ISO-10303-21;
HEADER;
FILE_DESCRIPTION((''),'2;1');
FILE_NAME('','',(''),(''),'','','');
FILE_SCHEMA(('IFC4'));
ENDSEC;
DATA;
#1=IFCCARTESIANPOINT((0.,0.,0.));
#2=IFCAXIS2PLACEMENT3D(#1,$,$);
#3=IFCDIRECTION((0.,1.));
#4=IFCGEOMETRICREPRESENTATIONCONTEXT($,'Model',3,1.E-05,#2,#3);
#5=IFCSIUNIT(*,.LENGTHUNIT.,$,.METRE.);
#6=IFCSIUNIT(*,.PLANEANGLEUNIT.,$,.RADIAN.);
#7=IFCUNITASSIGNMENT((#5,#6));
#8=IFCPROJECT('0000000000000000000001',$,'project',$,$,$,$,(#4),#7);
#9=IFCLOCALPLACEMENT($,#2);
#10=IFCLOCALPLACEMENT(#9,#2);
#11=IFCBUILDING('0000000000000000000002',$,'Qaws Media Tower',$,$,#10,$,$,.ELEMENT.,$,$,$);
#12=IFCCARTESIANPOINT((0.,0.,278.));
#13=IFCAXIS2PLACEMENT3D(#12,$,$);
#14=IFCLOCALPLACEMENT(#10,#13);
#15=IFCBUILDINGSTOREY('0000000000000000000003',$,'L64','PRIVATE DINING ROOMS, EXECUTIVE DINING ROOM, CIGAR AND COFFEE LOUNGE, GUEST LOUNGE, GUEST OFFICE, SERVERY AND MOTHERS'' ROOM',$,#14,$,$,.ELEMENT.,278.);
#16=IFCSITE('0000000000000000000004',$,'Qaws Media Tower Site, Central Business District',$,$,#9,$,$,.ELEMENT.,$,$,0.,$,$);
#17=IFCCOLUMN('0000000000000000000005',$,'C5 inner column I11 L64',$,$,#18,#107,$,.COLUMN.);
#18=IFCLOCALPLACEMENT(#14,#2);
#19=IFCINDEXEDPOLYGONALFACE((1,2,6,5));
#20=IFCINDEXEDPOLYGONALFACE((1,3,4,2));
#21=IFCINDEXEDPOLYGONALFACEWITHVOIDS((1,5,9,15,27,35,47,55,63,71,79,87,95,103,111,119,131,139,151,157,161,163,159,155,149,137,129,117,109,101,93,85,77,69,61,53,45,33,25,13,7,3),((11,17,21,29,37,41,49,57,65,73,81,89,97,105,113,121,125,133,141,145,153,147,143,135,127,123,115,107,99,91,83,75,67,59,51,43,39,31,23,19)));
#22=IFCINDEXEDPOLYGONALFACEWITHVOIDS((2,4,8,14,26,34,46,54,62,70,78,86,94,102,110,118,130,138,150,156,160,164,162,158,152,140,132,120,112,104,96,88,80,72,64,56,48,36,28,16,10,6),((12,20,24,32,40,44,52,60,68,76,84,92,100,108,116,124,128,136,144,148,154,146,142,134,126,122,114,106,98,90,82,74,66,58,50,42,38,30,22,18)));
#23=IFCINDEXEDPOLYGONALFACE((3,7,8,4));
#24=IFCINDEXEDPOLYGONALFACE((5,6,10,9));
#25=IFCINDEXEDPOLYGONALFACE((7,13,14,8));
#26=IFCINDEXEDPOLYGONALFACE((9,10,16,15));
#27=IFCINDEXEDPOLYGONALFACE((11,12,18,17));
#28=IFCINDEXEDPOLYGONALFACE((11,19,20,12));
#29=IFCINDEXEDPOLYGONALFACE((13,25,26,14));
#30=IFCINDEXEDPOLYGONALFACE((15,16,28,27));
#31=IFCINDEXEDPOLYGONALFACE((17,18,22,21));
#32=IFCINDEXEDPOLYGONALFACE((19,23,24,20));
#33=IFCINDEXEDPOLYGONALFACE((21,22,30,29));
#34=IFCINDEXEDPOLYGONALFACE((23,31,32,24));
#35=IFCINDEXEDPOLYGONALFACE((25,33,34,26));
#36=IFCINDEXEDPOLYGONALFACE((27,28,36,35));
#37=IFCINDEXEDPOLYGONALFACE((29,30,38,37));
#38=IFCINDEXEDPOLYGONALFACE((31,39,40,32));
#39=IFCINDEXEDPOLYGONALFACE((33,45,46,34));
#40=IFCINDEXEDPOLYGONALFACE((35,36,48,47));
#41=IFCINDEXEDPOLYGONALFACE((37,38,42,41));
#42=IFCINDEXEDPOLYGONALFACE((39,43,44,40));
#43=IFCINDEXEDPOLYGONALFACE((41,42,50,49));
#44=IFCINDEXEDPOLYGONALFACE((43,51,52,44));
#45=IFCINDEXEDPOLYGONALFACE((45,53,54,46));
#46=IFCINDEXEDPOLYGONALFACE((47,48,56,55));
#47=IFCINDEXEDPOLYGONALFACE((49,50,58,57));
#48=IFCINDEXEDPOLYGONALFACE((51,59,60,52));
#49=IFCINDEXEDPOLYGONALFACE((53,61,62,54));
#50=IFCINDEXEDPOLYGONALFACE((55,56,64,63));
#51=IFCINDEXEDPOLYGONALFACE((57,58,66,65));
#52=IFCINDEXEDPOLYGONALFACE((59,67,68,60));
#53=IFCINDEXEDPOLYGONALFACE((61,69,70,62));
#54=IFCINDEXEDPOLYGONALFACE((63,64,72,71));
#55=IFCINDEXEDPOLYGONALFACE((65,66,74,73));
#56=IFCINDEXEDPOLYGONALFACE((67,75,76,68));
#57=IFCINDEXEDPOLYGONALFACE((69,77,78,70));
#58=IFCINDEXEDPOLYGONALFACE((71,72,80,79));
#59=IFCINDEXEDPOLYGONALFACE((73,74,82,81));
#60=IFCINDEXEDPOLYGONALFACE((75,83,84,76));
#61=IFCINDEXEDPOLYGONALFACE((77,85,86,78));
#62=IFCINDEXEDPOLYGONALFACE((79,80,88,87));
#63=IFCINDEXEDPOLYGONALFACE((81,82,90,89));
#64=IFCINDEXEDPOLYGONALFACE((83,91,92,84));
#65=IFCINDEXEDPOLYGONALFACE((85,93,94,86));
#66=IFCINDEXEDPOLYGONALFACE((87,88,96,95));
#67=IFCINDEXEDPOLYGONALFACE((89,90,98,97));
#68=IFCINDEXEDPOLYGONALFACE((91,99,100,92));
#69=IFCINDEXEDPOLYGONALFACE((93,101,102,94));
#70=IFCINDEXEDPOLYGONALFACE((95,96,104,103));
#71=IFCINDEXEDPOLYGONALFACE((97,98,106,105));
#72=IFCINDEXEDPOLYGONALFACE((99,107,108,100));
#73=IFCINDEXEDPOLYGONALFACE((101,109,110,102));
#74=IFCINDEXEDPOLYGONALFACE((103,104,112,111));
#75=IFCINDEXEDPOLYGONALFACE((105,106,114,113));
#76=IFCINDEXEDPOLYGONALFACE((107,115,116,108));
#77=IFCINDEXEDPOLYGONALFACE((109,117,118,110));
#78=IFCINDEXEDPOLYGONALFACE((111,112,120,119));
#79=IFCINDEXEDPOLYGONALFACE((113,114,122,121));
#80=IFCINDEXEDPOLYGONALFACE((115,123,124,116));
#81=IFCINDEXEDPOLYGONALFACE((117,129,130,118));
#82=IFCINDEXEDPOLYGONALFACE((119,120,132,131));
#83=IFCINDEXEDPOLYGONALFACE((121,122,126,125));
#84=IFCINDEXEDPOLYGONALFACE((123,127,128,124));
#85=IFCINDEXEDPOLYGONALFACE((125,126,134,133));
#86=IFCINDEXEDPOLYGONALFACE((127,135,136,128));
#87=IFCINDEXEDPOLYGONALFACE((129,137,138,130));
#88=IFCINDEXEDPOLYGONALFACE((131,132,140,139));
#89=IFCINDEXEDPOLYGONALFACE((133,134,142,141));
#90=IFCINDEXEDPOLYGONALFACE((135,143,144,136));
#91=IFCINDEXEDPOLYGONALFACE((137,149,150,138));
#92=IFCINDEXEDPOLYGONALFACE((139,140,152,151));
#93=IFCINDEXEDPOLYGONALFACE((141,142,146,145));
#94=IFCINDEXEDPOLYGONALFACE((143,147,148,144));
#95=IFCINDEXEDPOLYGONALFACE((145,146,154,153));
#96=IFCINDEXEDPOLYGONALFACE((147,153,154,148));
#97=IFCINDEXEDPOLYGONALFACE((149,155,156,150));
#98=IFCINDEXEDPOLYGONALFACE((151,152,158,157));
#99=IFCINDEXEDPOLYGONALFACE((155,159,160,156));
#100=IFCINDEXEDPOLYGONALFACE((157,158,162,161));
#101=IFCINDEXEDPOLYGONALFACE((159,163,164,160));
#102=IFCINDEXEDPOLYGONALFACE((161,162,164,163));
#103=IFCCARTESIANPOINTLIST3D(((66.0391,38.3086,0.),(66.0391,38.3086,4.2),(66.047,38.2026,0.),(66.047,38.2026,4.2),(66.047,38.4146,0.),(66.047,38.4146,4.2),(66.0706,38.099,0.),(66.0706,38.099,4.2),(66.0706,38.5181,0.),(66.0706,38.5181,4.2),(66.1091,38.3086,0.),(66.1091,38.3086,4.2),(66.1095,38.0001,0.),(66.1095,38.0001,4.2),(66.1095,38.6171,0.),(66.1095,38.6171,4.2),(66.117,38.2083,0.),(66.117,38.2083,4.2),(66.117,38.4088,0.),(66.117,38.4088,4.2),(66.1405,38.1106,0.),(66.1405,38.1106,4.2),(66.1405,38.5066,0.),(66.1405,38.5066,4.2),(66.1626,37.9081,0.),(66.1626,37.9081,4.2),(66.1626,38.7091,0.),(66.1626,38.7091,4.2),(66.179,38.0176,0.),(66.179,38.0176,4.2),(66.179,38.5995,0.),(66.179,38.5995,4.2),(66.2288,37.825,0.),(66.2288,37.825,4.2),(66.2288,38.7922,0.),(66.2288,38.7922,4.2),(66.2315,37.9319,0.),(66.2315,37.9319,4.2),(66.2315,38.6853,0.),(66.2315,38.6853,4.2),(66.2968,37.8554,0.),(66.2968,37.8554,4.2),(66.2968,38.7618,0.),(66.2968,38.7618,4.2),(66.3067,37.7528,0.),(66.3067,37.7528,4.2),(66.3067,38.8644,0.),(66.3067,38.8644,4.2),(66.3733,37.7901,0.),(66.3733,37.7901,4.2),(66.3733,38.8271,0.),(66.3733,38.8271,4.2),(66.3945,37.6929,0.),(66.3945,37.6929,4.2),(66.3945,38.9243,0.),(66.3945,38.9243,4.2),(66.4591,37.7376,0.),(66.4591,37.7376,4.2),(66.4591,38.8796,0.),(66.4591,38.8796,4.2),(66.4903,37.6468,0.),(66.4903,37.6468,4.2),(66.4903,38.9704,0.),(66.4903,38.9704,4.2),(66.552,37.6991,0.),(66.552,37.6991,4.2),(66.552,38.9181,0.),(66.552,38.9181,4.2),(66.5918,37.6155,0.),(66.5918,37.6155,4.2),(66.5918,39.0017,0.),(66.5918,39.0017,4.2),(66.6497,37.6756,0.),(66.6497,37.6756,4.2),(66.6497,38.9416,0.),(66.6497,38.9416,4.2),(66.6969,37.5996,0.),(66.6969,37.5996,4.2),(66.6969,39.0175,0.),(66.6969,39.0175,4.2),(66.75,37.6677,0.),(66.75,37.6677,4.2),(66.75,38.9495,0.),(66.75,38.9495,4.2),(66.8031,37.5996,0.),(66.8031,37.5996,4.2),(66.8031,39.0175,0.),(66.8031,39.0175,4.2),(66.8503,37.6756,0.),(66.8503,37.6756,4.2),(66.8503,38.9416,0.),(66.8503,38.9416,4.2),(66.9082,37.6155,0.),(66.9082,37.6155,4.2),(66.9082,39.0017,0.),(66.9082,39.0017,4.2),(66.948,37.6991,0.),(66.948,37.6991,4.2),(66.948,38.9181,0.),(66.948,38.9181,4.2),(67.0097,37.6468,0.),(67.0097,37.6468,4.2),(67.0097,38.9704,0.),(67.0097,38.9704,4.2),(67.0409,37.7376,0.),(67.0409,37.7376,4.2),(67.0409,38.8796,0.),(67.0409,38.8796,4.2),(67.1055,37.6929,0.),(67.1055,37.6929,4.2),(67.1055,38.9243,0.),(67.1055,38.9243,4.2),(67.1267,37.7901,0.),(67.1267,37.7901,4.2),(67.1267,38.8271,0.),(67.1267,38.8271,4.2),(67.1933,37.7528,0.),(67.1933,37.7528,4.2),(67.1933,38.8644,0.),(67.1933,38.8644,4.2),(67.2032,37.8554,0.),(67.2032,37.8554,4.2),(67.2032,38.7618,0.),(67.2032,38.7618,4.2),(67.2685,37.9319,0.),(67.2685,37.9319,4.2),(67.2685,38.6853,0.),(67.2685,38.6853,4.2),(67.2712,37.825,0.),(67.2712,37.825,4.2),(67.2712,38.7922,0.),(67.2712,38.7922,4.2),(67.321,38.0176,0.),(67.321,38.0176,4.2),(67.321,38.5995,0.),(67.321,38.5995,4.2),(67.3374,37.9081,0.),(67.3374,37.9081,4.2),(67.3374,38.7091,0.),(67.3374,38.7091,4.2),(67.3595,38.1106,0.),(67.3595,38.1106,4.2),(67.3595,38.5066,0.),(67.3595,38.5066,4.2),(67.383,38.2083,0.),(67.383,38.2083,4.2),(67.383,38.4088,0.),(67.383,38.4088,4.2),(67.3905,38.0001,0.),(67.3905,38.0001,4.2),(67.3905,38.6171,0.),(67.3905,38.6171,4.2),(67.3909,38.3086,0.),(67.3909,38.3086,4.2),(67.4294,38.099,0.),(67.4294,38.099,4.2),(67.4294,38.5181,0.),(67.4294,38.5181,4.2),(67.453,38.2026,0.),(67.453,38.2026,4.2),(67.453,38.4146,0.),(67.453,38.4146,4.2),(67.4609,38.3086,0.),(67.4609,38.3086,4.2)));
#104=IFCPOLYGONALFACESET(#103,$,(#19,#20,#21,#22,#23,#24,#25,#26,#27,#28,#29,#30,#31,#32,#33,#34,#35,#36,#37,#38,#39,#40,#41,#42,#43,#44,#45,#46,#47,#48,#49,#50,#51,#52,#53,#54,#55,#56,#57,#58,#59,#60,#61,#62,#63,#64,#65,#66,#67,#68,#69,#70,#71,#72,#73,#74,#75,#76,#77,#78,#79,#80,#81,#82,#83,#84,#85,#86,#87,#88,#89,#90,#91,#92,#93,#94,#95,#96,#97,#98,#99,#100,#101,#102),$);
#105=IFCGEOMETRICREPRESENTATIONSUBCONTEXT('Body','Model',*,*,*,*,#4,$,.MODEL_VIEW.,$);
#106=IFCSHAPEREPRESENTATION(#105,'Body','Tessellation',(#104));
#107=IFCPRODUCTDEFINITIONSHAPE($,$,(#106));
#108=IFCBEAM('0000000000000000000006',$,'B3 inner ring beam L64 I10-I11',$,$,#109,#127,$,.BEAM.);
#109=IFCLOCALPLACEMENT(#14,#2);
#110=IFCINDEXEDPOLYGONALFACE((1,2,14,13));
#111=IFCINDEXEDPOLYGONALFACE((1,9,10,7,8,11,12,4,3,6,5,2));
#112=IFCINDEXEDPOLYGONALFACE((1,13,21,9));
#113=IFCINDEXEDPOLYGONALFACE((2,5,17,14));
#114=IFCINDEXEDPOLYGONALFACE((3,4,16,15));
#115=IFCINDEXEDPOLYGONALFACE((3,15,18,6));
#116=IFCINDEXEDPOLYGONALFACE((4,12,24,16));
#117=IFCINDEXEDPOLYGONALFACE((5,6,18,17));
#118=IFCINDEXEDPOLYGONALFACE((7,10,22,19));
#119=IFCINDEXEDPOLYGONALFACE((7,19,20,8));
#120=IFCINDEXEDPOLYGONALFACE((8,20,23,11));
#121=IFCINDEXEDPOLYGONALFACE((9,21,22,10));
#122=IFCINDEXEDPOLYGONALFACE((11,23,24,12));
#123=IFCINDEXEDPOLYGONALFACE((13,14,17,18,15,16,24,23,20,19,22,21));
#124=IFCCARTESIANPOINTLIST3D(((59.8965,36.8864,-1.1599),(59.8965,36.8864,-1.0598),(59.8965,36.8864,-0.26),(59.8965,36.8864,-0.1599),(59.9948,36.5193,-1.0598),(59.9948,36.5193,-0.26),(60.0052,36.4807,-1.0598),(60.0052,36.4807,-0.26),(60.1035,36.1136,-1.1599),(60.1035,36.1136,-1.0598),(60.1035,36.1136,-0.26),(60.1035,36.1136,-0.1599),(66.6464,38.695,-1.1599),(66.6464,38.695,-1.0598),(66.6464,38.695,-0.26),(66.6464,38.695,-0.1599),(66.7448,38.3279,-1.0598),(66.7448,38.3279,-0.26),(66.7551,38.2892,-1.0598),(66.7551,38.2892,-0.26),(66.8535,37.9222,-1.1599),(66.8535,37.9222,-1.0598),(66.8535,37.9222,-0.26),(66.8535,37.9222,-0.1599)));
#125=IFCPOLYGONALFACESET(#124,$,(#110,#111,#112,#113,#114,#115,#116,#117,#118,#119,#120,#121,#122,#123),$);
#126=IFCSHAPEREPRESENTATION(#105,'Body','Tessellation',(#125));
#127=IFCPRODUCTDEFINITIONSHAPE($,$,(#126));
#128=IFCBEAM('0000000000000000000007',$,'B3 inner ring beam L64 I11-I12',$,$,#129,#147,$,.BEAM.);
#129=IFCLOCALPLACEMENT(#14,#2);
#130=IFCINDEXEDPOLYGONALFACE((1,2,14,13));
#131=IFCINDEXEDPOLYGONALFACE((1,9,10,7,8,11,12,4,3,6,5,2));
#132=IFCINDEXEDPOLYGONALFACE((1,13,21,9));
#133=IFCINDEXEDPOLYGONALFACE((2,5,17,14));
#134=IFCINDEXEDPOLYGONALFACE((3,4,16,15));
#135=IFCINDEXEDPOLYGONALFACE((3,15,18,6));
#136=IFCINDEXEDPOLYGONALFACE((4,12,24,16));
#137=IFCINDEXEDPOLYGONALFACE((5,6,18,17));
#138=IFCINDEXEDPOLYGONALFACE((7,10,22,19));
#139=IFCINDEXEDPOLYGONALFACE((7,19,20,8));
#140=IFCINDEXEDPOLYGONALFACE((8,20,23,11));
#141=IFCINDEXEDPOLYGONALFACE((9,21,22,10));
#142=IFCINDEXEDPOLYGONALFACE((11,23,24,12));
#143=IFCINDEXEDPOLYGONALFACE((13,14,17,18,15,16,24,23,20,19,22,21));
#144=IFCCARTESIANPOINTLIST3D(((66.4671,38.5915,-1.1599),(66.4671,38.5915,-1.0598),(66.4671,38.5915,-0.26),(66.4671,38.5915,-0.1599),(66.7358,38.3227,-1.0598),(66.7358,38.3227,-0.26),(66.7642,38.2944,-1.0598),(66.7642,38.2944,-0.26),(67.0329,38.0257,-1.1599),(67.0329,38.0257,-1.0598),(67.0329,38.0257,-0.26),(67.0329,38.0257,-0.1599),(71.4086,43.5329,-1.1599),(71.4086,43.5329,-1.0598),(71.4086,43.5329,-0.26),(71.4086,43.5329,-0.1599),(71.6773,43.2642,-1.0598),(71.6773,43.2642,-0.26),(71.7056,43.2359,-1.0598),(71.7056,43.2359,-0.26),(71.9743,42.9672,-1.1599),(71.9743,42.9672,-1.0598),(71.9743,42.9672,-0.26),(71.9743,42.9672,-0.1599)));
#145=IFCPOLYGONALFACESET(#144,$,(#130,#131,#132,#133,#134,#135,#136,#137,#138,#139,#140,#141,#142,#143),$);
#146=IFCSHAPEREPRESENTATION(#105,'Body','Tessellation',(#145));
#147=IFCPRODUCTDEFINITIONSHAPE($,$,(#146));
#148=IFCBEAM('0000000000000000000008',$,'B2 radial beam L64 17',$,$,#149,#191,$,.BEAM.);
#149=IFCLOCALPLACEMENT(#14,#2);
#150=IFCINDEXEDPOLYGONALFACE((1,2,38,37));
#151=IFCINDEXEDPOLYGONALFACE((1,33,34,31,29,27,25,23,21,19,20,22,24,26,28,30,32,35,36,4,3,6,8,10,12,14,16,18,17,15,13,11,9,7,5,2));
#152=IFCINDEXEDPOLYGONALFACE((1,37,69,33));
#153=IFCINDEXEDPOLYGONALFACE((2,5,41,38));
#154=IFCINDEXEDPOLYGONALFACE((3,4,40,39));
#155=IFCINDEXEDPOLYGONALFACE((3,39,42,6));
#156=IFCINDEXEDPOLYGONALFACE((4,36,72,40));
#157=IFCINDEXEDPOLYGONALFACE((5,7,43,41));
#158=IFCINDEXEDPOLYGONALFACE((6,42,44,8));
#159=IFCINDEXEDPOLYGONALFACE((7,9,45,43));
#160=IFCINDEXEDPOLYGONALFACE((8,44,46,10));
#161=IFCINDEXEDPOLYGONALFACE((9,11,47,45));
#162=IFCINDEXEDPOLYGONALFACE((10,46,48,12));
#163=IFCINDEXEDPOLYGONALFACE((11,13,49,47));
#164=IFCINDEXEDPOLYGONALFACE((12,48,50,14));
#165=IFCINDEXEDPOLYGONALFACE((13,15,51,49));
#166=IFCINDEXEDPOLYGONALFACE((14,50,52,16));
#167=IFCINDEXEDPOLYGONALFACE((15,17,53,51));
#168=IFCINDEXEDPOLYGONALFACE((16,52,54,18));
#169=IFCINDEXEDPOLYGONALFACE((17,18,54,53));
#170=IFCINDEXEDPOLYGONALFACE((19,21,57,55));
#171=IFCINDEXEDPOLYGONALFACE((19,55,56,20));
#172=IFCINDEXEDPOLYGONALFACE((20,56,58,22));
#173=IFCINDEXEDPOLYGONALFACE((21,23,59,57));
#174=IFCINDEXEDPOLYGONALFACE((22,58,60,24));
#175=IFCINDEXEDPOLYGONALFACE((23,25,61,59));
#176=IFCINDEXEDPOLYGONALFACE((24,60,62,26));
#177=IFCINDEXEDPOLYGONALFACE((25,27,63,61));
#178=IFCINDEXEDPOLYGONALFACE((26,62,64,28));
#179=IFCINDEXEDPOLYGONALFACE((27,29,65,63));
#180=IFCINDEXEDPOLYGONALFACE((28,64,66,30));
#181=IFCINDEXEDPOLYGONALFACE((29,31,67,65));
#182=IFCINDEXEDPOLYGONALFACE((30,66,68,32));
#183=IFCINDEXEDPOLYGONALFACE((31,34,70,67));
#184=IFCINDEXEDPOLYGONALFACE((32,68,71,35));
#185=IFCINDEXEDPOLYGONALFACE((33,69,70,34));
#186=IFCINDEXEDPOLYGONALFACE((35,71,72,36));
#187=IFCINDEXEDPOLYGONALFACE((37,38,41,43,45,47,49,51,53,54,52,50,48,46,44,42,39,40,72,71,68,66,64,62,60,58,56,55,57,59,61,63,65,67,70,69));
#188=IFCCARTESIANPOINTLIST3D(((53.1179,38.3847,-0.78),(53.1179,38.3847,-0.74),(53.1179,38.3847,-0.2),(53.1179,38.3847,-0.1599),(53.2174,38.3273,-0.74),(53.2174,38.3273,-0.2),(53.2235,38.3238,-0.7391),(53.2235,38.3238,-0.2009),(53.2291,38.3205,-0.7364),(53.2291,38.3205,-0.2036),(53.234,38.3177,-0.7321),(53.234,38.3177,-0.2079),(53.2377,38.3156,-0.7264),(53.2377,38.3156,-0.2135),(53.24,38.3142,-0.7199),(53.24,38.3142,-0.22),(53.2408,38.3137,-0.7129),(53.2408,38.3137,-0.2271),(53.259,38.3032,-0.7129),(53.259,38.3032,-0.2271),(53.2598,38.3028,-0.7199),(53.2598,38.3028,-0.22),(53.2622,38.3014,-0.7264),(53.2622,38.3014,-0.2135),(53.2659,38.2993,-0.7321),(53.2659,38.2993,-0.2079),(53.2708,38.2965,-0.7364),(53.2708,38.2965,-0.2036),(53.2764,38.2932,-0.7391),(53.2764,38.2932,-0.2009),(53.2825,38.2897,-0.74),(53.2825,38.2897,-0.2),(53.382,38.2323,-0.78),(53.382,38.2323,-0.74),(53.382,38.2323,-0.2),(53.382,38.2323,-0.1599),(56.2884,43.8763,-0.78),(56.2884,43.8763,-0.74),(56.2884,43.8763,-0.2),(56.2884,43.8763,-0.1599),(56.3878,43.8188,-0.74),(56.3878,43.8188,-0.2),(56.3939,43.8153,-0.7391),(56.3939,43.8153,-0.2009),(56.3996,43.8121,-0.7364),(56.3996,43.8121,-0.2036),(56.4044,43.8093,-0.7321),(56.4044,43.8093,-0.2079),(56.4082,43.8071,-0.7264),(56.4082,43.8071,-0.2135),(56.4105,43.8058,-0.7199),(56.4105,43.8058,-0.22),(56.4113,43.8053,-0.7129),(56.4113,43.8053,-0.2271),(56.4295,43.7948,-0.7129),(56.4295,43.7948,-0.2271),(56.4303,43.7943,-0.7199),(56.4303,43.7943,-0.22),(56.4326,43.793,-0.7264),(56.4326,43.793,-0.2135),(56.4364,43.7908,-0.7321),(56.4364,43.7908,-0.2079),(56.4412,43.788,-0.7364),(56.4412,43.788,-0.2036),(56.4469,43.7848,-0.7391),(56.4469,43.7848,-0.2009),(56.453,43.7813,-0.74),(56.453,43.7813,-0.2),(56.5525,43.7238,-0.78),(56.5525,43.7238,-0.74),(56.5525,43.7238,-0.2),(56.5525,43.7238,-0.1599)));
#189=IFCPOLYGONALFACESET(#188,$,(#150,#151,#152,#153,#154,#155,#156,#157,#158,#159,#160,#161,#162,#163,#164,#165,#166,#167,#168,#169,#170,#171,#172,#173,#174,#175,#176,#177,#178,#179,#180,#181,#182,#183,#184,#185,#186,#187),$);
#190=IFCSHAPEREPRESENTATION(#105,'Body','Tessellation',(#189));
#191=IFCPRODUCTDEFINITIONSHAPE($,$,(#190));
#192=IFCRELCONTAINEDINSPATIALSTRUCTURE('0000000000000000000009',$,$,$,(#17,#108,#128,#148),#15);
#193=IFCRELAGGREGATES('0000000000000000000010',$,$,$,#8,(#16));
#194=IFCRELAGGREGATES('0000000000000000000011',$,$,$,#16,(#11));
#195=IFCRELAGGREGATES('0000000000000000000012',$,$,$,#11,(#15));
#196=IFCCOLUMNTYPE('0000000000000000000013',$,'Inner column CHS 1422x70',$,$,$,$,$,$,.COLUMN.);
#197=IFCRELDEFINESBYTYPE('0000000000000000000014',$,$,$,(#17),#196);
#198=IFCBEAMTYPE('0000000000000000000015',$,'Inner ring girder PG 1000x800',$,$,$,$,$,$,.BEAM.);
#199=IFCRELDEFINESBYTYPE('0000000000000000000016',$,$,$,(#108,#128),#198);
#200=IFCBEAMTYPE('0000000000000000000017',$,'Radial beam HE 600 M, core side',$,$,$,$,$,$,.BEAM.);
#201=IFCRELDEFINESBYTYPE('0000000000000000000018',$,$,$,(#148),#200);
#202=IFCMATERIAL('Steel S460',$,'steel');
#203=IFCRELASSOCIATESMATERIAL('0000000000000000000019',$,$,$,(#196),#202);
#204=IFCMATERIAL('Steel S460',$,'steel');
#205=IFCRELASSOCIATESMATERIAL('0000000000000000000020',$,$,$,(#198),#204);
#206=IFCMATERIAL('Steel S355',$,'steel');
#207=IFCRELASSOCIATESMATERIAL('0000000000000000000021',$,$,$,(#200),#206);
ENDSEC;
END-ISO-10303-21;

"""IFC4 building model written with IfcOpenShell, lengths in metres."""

from ifc_helpers import new_model, si_unit, direction, frame, origin, origin_2d, place, context, subcontext, project, spatial, hollow_circle, i_section, extrude, material, material_profile, profile_set, type_object, element, save


model = new_model("IFC4")

# Units and contexts
model_context = context("Model", 3, precision=1e-05, world=origin(), true_north=direction((0.0, 1.0)))
body_context = subcontext(model_context, "Body", "Model", "MODEL_VIEW")
ifc_project = project(units=[si_unit("LENGTHUNIT", "METRE"), si_unit("PLANEANGLEUNIT", "RADIAN")], contexts=[model_context])

# Site, building, storey
site_placement = place(None, origin())
site = spatial("IfcSite", under=ifc_project, at=site_placement, Name="Qaws Media Tower Site, Central Business District", CompositionType="ELEMENT", RefElevation=0.0)
building_placement = place(site_placement, origin())
building = spatial("IfcBuilding", under=site, at=building_placement, Name="Qaws Media Tower", CompositionType="ELEMENT")
storey_placement = place(building_placement, frame((0.0, 0.0, 278.0)))
storey = spatial("IfcBuildingStorey", under=building, at=storey_placement, Name="L64", Description="PRIVATE DINING ROOMS, EXECUTIVE DINING ROOM, CIGAR AND COFFEE LOUNGE, GUEST LOUNGE, GUEST OFFICE, SERVERY AND MOTHERS' ROOM", CompositionType="ELEMENT", Elevation=278.0)

# Column
ifc_material_1 = material(Name="Steel S460", Category="steel")
ifc_material_profile_1 = material_profile(ifc_material_1, hollow_circle(Radius=0.7109, WallThickness=0.0701, at=origin_2d()), Name="CHS 1422x70")
ifc_profile_set_1 = profile_set([ifc_material_profile_1], Name="Steel S460")
column_type = type_object("IfcColumnType", Name="Inner column CHS 1422x70", PredefinedType="COLUMN", material=ifc_profile_set_1)
column_placement = place(storey_placement, frame((66.75, 38.3086, 0.0), z_axis=(0.0, 0.0, 1.0), x_axis=(1.0, 0.0, 0.0)))
element("IfcColumn", 1, at=column_placement, inside=storey, type_object=column_type, Name="C5 inner column I11 L64", PredefinedType="COLUMN", context=body_context, shape_type="SweptSolid", body=[
    extrude(hollow_circle(Radius=0.7109, WallThickness=0.0701, at=origin_2d()), origin(), (0.0, 0.0, 1.0), 4.2),
])

# Beams
ifc_material_2 = material(Name="Steel S460", Category="steel")
ifc_material_profile_2 = material_profile(ifc_material_2, i_section(OverallWidth=0.8, OverallDepth=1.0, WebThickness=0.04, FlangeThickness=0.1001, at=origin_2d()), Name="PG 1000x800")
ifc_profile_set_2 = profile_set([ifc_material_profile_2], Name="Steel S460")
beam_type_1 = type_object("IfcBeamType", Name="Inner ring girder PG 1000x800", PredefinedType="BEAM", material=ifc_profile_set_2)
beam_1_placement = place(storey_placement, frame((60.0, 36.5, -0.6599), z_axis=(0.965928, 0.258811, 0.0), x_axis=(-0.258811, 0.965928, 0.0)))
element("IfcBeam", 2, at=beam_1_placement, inside=storey, type_object=beam_type_1, Name="B3 inner ring beam L64 I10-I11", PredefinedType="BEAM", context=body_context, shape_type="SweptSolid", body=[
    extrude(i_section(OverallWidth=0.8, OverallDepth=1.0, WebThickness=0.04, FlangeThickness=0.1001, at=origin_2d()), origin(), (0.0, 0.0, 1.0), 6.988),
])
beam_2_placement = place(storey_placement, frame((66.75, 38.3086, -0.6599), z_axis=(0.707107, 0.707107, 0.0), x_axis=(-0.707107, 0.707107, 0.0)))
element("IfcBeam", 3, at=beam_2_placement, inside=storey, type_object=beam_type_1, Name="B3 inner ring beam L64 I11-I12", PredefinedType="BEAM", context=body_context, shape_type="SweptSolid", body=[
    extrude(i_section(OverallWidth=0.8, OverallDepth=1.0, WebThickness=0.04, FlangeThickness=0.1001, at=origin_2d()), origin(), (0.0, 0.0, 1.0), 6.9883),
])
ifc_material_3 = material(Name="Steel S355", Category="steel")
ifc_material_profile_3 = material_profile(ifc_material_3, i_section(OverallWidth=0.3049, OverallDepth=0.6201, WebThickness=0.021, FlangeThickness=0.04, FilletRadius=0.0271, at=origin_2d()), Name="HE 600 M")
ifc_profile_set_3 = profile_set([ifc_material_profile_3], Name="Steel S355")
beam_type_2 = type_object("IfcBeamType", Name="Radial beam HE 600 M, core side", PredefinedType="BEAM", material=ifc_profile_set_3)
beam_3_placement = place(storey_placement, frame((56.4204, 43.8, -0.47), z_axis=(-0.49999, -0.866031, 0.0), x_axis=(0.866031, -0.49999, 0.0)))
element("IfcBeam", 4, at=beam_3_placement, inside=storey, type_object=beam_type_2, Name="B2 radial beam L64 17", PredefinedType="BEAM", context=body_context, shape_type="SweptSolid", body=[
    extrude(i_section(OverallWidth=0.3049, OverallDepth=0.6201, WebThickness=0.021, FlangeThickness=0.04, FilletRadius=0.0271, at=origin_2d()), origin(), (0.0, 0.0, 1.0), 6.3411),
])

save(model, "model.ifc")
